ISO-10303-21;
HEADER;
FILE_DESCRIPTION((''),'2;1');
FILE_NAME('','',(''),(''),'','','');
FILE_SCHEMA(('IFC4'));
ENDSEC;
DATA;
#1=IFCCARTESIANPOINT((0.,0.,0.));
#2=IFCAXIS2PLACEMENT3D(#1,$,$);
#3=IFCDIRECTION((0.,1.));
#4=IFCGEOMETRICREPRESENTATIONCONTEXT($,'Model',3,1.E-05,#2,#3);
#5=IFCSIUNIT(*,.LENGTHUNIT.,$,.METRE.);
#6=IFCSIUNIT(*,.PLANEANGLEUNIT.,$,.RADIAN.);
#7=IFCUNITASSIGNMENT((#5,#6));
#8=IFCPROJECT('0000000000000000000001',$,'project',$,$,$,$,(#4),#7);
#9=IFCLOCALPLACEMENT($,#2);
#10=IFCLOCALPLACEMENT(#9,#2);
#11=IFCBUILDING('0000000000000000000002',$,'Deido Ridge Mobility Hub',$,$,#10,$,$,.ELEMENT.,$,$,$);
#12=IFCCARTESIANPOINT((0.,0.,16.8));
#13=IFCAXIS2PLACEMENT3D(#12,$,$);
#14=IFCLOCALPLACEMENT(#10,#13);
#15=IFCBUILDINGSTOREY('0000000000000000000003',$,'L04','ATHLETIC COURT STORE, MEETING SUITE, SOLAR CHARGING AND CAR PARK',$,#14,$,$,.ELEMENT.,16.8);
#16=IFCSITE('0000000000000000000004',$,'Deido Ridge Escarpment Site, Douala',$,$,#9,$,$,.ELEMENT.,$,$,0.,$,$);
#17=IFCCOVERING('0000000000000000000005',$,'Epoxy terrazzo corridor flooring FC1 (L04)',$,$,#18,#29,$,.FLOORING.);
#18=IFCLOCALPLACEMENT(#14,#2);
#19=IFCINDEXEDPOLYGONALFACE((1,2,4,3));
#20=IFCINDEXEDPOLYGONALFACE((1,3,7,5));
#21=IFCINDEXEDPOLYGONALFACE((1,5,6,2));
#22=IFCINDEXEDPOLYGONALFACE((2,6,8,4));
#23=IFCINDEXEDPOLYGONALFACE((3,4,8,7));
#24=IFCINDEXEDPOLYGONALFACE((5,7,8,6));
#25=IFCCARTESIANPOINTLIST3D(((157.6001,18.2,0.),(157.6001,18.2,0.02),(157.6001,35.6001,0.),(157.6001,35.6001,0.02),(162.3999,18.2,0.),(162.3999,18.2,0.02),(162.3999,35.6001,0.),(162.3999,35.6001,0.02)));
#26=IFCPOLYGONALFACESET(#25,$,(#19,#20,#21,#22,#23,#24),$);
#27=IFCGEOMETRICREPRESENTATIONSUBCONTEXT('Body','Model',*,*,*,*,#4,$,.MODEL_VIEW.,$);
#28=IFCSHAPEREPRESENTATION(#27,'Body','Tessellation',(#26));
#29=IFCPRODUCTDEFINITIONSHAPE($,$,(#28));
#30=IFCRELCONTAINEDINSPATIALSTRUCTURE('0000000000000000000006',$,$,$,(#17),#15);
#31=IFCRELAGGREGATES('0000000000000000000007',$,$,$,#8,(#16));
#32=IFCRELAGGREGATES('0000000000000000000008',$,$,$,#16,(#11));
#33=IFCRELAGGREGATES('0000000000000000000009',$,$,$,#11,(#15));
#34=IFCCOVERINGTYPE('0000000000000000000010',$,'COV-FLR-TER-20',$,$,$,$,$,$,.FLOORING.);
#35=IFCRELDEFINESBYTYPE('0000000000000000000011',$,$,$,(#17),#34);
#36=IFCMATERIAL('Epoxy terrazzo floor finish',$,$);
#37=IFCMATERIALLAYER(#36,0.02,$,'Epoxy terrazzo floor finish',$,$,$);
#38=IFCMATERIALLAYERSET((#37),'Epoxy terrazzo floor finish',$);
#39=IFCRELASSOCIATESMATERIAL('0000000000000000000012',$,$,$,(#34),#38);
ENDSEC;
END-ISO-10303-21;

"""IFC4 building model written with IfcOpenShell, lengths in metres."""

from ifc_helpers import new_model, si_unit, direction, frame, origin, place, context, subcontext, project, spatial, polyline, outline, extrude, material, layer, layer_set, type_object, element, save


model = new_model("IFC4")

# Units and contexts
model_context = context("Model", 3, precision=1e-05, world=origin(), true_north=direction((0.0, 1.0)))
body_context = subcontext(model_context, "Body", "Model", "MODEL_VIEW")
ifc_project = project(units=[si_unit("LENGTHUNIT", "METRE"), si_unit("PLANEANGLEUNIT", "RADIAN")], contexts=[model_context])

# Site, building, storey
site_placement = place(None, origin())
site = spatial("IfcSite", under=ifc_project, at=site_placement, Name="Deido Ridge Escarpment Site, Douala", CompositionType="ELEMENT", RefElevation=0.0)
building_placement = place(site_placement, origin())
building = spatial("IfcBuilding", under=site, at=building_placement, Name="Deido Ridge Mobility Hub", CompositionType="ELEMENT")
storey_placement = place(building_placement, frame((0.0, 0.0, 16.8)))
storey = spatial("IfcBuildingStorey", under=building, at=storey_placement, Name="L04", Description="ATHLETIC COURT STORE, MEETING SUITE, SOLAR CHARGING AND CAR PARK", CompositionType="ELEMENT", Elevation=16.8)

# Covering
ifc_material_1 = material(Name="Epoxy terrazzo floor finish")
ifc_layer_1 = layer(ifc_material_1, 0.02, Name="Epoxy terrazzo floor finish")
ifc_layer_set_1 = layer_set([ifc_layer_1], Name="Epoxy terrazzo floor finish")
covering_type_1 = type_object("IfcCoveringType", Name="COV-FLR-TER-20", PredefinedType="FLOORING", material=ifc_layer_set_1)
covering_1_placement = place(storey_placement, origin())
element("IfcCovering", 1, at=covering_1_placement, inside=storey, type_object=covering_type_1, Name="Epoxy terrazzo corridor flooring FC1 (L04)", PredefinedType="FLOORING", context=body_context, shape_type="SweptSolid", body=[
    extrude(outline(polyline([(157.6001, 18.2), (162.3999, 18.2), (162.3999, 35.6001), (157.6001, 35.6001), (157.6001, 18.2)])), origin(), (0.0, 0.0, 1.0), 0.02),
])

save(model, "model.ifc")
